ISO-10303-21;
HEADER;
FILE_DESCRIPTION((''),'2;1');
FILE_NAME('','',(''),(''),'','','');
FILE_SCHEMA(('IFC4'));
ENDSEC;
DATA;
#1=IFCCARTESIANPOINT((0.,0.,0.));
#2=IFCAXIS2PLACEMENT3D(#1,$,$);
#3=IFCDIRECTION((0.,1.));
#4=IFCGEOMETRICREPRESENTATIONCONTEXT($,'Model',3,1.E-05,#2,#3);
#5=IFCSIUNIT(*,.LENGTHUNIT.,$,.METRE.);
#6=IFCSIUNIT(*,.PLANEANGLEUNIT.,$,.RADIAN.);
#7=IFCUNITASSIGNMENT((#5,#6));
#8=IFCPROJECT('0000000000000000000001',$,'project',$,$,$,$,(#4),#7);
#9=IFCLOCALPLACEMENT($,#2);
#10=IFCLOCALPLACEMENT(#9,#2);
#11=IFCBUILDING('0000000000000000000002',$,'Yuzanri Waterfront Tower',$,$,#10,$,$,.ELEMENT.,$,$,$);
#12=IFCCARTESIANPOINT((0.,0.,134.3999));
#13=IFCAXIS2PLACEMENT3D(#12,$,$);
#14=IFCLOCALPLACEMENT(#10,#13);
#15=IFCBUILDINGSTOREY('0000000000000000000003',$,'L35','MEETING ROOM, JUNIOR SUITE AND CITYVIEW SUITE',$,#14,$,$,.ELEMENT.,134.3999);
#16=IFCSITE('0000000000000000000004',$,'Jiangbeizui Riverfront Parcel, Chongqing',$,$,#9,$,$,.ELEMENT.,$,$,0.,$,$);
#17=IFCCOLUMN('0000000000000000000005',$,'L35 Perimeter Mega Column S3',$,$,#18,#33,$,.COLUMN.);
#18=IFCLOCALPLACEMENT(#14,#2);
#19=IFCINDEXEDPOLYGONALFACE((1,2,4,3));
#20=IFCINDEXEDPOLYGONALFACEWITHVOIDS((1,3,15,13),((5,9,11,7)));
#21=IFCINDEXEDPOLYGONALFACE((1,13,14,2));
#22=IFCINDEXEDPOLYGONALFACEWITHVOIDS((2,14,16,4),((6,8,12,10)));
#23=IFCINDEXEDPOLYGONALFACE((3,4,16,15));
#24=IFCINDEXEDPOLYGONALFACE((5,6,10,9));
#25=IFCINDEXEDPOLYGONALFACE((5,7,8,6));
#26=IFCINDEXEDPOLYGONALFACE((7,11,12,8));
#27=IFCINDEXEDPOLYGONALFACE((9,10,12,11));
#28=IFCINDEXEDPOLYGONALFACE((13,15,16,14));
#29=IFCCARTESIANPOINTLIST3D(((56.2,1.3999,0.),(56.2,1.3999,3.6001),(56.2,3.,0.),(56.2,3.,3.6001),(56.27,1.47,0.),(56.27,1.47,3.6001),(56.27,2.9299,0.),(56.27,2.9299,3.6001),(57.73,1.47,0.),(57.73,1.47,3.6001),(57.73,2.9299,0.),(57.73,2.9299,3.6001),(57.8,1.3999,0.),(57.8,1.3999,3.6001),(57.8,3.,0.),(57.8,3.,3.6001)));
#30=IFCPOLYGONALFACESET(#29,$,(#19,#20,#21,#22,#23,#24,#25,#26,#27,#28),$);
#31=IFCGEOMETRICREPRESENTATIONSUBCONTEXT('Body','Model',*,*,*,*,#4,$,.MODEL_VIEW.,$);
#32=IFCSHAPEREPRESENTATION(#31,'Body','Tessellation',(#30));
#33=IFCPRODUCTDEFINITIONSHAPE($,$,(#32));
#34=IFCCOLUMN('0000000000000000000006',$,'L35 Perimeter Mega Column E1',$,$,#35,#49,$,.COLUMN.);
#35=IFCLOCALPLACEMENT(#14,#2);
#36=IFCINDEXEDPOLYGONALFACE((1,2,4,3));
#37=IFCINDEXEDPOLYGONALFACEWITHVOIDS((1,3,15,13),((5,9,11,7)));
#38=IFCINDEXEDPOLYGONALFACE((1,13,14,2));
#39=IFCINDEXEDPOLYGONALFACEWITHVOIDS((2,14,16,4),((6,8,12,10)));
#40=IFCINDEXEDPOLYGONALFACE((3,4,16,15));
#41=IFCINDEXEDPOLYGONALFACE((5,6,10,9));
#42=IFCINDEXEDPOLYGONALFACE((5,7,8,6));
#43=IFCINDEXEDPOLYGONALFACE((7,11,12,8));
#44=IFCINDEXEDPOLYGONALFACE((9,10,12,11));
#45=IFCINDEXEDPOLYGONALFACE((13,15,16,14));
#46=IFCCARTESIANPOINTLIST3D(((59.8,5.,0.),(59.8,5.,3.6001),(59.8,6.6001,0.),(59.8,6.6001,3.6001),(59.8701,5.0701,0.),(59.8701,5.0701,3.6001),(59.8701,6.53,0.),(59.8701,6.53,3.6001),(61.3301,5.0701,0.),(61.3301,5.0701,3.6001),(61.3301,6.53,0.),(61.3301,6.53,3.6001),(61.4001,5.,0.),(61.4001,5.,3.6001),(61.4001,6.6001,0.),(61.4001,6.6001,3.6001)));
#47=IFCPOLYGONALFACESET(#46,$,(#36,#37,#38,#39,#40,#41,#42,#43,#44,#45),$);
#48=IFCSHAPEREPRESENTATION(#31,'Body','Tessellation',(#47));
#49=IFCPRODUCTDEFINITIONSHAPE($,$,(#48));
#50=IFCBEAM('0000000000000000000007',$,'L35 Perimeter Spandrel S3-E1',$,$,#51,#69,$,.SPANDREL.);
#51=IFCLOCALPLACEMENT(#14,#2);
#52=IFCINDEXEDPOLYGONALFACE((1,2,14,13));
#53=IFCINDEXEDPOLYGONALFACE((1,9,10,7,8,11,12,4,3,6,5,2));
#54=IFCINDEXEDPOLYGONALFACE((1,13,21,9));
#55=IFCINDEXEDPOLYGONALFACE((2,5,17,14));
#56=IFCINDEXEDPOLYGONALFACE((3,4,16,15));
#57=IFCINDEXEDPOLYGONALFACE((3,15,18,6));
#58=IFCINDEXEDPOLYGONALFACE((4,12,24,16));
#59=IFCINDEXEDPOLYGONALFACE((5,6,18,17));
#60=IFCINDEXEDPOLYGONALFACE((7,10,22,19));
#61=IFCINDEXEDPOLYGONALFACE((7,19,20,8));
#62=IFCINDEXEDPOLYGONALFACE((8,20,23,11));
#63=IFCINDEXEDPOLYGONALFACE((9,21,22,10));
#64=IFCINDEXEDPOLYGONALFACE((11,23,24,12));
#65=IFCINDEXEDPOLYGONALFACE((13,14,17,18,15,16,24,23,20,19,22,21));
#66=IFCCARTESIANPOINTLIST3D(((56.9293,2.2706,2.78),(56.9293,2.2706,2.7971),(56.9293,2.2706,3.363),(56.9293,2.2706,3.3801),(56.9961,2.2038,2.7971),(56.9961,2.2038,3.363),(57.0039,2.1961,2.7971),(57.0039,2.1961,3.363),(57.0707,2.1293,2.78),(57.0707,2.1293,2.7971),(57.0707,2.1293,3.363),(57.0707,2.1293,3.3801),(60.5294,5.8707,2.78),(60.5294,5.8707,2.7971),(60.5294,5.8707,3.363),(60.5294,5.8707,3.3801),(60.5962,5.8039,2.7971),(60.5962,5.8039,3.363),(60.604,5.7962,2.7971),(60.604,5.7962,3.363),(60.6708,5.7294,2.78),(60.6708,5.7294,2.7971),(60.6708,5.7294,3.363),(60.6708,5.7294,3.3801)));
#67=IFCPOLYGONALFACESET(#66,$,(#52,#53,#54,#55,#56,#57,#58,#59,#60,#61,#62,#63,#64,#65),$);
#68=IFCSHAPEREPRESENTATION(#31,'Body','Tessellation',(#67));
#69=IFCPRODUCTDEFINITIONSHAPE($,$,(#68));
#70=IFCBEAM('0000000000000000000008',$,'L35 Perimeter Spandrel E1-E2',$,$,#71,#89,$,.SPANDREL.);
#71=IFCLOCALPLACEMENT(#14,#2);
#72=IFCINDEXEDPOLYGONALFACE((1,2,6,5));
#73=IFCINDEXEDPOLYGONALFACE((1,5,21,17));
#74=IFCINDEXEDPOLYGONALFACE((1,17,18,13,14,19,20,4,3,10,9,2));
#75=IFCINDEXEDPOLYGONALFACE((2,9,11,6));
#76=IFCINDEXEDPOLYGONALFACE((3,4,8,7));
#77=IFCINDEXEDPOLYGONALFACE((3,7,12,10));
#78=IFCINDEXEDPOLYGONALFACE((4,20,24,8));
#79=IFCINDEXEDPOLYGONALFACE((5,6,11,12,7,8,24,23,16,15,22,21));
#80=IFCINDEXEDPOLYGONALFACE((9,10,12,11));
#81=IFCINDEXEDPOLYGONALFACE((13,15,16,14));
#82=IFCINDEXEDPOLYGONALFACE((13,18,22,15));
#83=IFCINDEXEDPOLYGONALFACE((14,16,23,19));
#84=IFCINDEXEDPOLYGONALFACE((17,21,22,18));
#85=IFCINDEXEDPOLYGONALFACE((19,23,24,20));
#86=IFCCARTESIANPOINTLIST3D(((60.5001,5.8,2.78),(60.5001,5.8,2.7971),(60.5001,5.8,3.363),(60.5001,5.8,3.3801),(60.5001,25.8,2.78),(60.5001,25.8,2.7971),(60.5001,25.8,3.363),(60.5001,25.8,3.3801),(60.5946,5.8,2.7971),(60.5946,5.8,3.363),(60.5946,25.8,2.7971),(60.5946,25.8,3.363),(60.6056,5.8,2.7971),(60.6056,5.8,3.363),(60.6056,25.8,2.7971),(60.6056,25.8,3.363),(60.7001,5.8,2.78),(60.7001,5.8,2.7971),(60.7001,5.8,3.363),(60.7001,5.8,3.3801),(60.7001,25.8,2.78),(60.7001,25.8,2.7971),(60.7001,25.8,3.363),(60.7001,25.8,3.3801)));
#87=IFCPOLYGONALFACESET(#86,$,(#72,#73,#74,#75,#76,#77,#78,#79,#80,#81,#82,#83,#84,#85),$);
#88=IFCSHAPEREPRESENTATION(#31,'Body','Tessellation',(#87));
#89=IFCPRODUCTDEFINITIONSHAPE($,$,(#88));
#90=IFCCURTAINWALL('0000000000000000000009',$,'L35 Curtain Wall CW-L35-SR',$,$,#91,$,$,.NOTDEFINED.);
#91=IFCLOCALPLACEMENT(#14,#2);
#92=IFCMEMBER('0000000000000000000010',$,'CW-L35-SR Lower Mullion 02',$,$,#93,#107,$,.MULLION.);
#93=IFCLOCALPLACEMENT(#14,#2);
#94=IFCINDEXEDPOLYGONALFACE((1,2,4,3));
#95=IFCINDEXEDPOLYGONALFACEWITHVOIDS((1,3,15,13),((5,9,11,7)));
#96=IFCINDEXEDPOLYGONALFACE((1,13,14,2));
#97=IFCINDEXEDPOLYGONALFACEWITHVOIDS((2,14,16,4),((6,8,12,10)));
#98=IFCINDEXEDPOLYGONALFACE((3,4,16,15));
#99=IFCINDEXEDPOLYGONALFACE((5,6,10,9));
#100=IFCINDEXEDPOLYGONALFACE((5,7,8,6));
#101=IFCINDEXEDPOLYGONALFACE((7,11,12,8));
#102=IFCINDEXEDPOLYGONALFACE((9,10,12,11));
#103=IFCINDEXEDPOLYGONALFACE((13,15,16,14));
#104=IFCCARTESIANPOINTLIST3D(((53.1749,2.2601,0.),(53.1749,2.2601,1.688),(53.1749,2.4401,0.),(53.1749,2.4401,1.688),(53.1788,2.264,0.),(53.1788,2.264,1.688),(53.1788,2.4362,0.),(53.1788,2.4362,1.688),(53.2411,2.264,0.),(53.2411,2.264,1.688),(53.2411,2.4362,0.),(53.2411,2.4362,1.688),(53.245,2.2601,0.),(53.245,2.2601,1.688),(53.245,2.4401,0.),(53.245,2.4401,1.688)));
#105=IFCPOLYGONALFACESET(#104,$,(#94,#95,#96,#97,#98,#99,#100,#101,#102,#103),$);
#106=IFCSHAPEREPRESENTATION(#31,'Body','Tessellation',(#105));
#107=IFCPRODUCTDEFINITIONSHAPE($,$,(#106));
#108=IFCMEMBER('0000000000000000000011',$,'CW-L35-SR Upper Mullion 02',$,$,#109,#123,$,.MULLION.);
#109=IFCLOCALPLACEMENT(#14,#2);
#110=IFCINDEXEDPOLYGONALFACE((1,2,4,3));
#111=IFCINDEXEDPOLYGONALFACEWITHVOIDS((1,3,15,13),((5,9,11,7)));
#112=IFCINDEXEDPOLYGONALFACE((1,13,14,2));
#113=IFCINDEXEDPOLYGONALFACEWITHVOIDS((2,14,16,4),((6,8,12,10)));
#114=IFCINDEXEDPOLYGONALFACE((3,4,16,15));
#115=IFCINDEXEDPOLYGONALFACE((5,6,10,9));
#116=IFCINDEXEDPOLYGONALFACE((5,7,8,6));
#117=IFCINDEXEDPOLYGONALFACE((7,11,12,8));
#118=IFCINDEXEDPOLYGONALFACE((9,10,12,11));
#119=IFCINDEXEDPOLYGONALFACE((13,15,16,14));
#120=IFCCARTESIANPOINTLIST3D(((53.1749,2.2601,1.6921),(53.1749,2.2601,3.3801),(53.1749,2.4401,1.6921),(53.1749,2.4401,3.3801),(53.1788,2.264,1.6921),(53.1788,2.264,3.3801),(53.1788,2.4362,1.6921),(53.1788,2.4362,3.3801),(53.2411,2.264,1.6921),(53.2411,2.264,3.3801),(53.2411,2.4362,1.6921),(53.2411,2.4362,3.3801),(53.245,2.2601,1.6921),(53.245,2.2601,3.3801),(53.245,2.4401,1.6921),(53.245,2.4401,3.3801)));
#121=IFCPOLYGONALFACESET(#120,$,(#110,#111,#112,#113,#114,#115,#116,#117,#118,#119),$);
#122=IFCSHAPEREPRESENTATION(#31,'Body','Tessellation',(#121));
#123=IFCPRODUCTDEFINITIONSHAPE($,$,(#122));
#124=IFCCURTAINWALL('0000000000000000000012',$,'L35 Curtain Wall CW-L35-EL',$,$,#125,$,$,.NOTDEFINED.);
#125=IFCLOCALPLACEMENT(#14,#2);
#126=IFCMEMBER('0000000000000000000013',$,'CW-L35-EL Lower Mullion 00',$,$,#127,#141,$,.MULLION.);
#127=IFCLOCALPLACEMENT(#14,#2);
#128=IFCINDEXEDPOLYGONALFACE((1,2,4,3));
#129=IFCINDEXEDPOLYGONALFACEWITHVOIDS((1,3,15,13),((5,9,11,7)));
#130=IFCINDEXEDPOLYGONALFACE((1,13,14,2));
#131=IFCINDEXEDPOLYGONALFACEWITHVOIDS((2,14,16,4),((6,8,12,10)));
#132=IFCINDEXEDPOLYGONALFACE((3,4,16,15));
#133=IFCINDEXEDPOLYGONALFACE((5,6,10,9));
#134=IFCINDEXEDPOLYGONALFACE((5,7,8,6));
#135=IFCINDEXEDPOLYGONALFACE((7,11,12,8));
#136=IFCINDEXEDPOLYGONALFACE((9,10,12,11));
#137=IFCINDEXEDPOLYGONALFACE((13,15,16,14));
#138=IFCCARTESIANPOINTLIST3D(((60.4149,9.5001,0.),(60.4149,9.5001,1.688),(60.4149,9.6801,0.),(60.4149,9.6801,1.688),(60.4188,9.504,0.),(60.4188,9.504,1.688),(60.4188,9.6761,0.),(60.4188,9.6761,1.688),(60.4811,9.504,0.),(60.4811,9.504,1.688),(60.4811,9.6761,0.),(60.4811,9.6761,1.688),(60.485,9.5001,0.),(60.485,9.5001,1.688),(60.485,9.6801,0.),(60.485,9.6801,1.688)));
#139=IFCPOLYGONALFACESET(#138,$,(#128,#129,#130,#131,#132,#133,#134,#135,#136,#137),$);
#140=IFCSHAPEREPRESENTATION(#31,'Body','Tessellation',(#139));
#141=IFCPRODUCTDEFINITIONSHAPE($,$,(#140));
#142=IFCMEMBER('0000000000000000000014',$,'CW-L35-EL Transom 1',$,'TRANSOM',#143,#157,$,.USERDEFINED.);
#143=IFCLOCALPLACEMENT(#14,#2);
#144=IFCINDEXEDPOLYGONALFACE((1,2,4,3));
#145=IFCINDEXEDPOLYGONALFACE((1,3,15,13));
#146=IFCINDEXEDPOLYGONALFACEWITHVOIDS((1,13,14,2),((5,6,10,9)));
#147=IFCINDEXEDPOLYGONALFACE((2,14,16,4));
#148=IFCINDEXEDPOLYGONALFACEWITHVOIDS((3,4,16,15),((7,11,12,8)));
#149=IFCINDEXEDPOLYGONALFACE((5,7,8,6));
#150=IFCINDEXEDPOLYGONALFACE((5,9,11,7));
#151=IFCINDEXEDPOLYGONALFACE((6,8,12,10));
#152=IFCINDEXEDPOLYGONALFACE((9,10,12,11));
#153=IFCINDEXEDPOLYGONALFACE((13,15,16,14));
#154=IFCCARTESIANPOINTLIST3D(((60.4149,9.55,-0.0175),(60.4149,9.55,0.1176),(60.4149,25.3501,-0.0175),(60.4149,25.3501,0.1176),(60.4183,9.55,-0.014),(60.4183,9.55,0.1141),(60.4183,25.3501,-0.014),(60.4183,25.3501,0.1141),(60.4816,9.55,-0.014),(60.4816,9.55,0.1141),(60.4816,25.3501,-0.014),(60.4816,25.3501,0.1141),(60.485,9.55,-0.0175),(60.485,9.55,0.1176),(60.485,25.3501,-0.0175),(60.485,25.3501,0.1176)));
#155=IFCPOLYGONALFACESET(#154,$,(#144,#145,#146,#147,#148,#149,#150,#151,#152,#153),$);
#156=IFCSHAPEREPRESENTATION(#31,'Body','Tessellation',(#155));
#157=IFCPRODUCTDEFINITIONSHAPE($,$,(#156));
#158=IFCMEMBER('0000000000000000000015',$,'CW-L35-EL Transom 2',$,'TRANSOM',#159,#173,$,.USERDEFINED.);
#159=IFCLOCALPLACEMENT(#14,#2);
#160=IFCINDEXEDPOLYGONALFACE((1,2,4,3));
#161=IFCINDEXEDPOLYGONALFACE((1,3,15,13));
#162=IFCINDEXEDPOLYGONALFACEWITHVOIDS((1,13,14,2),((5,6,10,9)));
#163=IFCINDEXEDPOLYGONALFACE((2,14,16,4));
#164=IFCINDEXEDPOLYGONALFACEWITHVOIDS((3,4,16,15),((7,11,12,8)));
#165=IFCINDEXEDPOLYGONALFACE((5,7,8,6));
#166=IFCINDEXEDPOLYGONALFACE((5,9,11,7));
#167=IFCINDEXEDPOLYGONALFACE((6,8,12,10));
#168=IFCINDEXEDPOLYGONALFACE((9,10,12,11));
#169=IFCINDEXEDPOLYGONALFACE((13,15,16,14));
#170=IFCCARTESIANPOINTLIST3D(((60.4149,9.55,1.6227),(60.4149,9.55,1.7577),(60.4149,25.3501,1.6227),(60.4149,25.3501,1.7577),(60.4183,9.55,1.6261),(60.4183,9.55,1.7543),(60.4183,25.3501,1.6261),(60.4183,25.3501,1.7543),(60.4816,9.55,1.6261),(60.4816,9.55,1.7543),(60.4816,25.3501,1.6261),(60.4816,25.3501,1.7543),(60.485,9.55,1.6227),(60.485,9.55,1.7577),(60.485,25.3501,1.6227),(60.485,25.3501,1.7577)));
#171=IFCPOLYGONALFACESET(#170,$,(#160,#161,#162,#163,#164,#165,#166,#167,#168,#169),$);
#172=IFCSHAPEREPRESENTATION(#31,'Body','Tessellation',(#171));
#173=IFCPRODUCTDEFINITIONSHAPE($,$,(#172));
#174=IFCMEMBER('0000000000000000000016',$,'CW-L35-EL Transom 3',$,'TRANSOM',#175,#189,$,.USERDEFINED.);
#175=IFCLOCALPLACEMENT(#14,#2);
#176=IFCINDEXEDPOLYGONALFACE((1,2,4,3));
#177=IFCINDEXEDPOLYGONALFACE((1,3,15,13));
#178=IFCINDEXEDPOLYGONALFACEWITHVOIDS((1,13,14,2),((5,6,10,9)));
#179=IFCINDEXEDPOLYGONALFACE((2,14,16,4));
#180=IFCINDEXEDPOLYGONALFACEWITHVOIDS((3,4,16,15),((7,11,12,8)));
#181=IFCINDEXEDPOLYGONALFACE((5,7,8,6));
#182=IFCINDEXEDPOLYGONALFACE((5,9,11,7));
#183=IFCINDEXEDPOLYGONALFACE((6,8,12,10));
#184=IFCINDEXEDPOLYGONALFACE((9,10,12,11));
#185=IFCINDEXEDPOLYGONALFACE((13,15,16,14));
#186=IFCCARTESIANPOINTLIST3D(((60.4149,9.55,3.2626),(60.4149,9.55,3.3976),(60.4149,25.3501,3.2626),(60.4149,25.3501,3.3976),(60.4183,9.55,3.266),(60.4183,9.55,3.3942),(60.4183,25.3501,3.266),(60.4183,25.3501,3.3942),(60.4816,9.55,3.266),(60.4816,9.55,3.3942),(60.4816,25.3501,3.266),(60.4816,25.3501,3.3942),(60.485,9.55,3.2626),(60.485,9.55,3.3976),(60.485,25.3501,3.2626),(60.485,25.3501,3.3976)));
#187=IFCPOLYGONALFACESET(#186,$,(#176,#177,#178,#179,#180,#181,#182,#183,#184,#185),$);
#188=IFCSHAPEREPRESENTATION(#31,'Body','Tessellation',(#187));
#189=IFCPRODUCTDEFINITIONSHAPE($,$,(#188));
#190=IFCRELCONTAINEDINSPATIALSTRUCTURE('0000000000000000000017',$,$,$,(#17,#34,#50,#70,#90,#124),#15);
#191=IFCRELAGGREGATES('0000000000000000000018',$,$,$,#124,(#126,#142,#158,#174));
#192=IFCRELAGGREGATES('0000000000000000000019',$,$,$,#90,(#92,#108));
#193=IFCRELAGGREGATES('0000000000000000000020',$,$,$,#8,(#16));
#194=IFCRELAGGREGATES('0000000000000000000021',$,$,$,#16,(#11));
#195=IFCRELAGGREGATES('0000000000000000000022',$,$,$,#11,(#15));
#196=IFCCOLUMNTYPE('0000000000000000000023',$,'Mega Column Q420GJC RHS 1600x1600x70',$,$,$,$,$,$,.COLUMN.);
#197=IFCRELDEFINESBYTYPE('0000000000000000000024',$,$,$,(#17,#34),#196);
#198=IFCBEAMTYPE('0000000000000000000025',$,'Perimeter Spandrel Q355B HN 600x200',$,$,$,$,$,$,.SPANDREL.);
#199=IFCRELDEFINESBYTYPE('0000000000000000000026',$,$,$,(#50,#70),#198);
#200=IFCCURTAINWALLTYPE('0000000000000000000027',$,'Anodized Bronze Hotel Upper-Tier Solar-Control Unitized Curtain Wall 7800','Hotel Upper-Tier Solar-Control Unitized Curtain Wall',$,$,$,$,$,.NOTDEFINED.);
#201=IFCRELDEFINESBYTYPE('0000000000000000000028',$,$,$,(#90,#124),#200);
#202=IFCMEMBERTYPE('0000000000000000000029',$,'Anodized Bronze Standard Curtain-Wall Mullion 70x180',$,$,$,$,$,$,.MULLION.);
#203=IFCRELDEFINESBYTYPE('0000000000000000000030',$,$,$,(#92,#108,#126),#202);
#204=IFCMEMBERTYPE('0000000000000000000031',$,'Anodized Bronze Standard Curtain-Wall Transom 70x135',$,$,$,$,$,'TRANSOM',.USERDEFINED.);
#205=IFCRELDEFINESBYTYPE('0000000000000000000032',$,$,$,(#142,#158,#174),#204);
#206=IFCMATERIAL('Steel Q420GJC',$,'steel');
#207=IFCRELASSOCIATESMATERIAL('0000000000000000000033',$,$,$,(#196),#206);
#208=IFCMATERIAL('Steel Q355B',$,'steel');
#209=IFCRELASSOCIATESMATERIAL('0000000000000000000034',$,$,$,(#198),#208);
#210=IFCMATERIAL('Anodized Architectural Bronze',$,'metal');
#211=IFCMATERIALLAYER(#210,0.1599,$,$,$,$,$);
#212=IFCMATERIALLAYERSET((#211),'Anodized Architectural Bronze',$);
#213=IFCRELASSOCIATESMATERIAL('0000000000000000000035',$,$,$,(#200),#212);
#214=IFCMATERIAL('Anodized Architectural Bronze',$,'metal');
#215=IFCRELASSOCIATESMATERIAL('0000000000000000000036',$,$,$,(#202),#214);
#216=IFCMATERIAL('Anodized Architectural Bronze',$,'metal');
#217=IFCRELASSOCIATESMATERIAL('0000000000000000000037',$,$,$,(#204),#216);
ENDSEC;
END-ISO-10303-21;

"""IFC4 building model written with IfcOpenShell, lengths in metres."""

from ifc_helpers import new_model, si_unit, direction, frame, origin, origin_2d, place, context, subcontext, project, spatial, hollow_rectangle, i_section, extrude, source, transform, mapped, material, layer, layer_set, material_profile, profile_set, type_object, element, aggregate, save


model = new_model("IFC4")

# Units and contexts
model_context = context("Model", 3, precision=1e-05, world=origin(), true_north=direction((0.0, 1.0)))
body_context = subcontext(model_context, "Body", "Model", "MODEL_VIEW")
ifc_project = project(units=[si_unit("LENGTHUNIT", "METRE"), si_unit("PLANEANGLEUNIT", "RADIAN")], contexts=[model_context])

# Site, building, storey
site_placement = place(None, origin())
site = spatial("IfcSite", under=ifc_project, at=site_placement, Name="Jiangbeizui Riverfront Parcel, Chongqing", CompositionType="ELEMENT", RefElevation=0.0)
building_placement = place(site_placement, origin())
building = spatial("IfcBuilding", under=site, at=building_placement, Name="Yuzanri Waterfront Tower", CompositionType="ELEMENT")
storey_placement = place(building_placement, frame((0.0, 0.0, 134.3999)))
storey = spatial("IfcBuildingStorey", under=building, at=storey_placement, Name="L35", Description="MEETING ROOM, JUNIOR SUITE AND CITYVIEW SUITE", CompositionType="ELEMENT", Elevation=134.3999)

# Columns
ifc_material_1 = material(Name="Steel Q420GJC", Category="steel")
ifc_material_profile_1 = material_profile(ifc_material_1, hollow_rectangle(XDim=1.6001, YDim=1.6001, WallThickness=0.0701, at=origin_2d()), Name="RHS 1600x1600x70")
ifc_profile_set_1 = profile_set([ifc_material_profile_1], Name="Steel Q420GJC")
column_type = type_object("IfcColumnType", Name="Mega Column Q420GJC RHS 1600x1600x70", PredefinedType="COLUMN", material=ifc_profile_set_1)
shared_shape_1 = source(origin(), body_context, "Body", "SweptSolid", [
    extrude(hollow_rectangle(XDim=1.6001, YDim=1.6001, WallThickness=0.0701, at=origin_2d()), origin(), (0.0, 0.0, 1.0), 3.6001),
])
for number, where, z_axis, x_axis, name in (
    (1, (57.0, 2.2, 0.0), (0.0, 0.0, 1.0), (1.0, 0.0, 0.0), "L35 Perimeter Mega Column S3"),
    (2, (60.6001, 5.8, 0.0), (0.0, 0.0, 1.0), (1.0, 0.0, 0.0), "L35 Perimeter Mega Column E1"),
):
    element("IfcColumn", number, at=place(storey_placement, frame(where, z_axis=z_axis, x_axis=x_axis)), inside=storey, type_object=column_type, Name=name, PredefinedType="COLUMN", context=body_context, shape_type="MappedRepresentation", body=[
        mapped(shared_shape_1, transform((0.0, 0.0, 0.0), scale=1.0)),
    ])

# Beams
ifc_material_2 = material(Name="Steel Q355B", Category="steel")
ifc_material_profile_2 = material_profile(ifc_material_2, i_section(OverallWidth=0.2, OverallDepth=0.6001, WebThickness=0.011, FlangeThickness=0.0171, at=origin_2d()), Name="HN 600x200x11x17")
ifc_profile_set_2 = profile_set([ifc_material_profile_2], Name="Steel Q355B")
beam_type = type_object("IfcBeamType", Name="Perimeter Spandrel Q355B HN 600x200", PredefinedType="SPANDREL", material=ifc_profile_set_2)
shared_shape_2 = source(origin(), body_context, "Body", "SweptSolid", [
    extrude(i_section(OverallWidth=0.2, OverallDepth=0.6001, WebThickness=0.011, FlangeThickness=0.0171, at=origin_2d()), origin(), (0.0, 0.0, 1.0), 5.0913),
])
beam_1_placement = place(storey_placement, frame((57.0, 2.2, 3.0801), z_axis=(0.707107, 0.707107, 0.0), x_axis=(-0.707107, 0.707107, 0.0)))
element("IfcBeam", 3, at=beam_1_placement, inside=storey, type_object=beam_type, Name="L35 Perimeter Spandrel S3-E1", PredefinedType="SPANDREL", context=body_context, shape_type="MappedRepresentation", body=[
    mapped(shared_shape_2, transform((0.0, 0.0, 0.0), scale=1.0)),
])
shared_shape_3 = source(origin(), body_context, "Body", "SweptSolid", [
    extrude(i_section(OverallWidth=0.2, OverallDepth=0.6001, WebThickness=0.011, FlangeThickness=0.0171, at=origin_2d()), origin(), (0.0, 0.0, 1.0), 20.0),
])
beam_2_placement = place(storey_placement, frame((60.6001, 5.8, 3.0801), z_axis=(0.0, 1.0, 0.0), x_axis=(-1.0, 0.0, 0.0)))
element("IfcBeam", 4, at=beam_2_placement, inside=storey, type_object=beam_type, Name="L35 Perimeter Spandrel E1-E2", PredefinedType="SPANDREL", context=body_context, shape_type="MappedRepresentation", body=[
    mapped(shared_shape_3, transform((0.0, 0.0, 0.0), scale=1.0)),
])

# Curtain walls, members
ifc_material_3 = material(Name="Anodized Architectural Bronze", Category="metal")
ifc_layer_1 = layer(ifc_material_3, 0.1599)
ifc_layer_set_1 = layer_set([ifc_layer_1], Name="Anodized Architectural Bronze")
curtain_wall_type = type_object("IfcCurtainWallType", Name="Anodized Bronze Hotel Upper-Tier Solar-Control Unitized Curtain Wall 7800", Description="Hotel Upper-Tier Solar-Control Unitized Curtain Wall", PredefinedType="NOTDEFINED", material=ifc_layer_set_1)
curtain_wall_1_placement = place(storey_placement, origin())
curtain_wall_1 = element("IfcCurtainWall", 5, at=curtain_wall_1_placement, inside=storey, type_object=curtain_wall_type, Name="L35 Curtain Wall CW-L35-SR", PredefinedType="NOTDEFINED")
ifc_material_4 = material(Name="Anodized Architectural Bronze", Category="metal")
ifc_material_profile_3 = material_profile(ifc_material_4, hollow_rectangle(XDim=0.0701, YDim=0.1799, WallThickness=0.0039, at=origin_2d()), Name="CWM 70x180")
ifc_profile_set_3 = profile_set([ifc_material_profile_3], Name="Anodized Architectural Bronze")
member_type_1 = type_object("IfcMemberType", Name="Anodized Bronze Standard Curtain-Wall Mullion 70x180", PredefinedType="MULLION", material=ifc_profile_set_3)
shared_shape_4 = source(origin(), body_context, "Body", "SweptSolid", [
    extrude(hollow_rectangle(XDim=0.0701, YDim=0.1799, WallThickness=0.0039, at=origin_2d()), origin(), (0.0, 0.0, 1.0), 1.688),
])
member_1_placement = place(storey_placement, frame((53.21, 2.3501, 0.0), z_axis=(0.0, 0.0, 1.0), x_axis=(1.0, 0.0, 0.0)))
member_1 = element("IfcMember", 6, at=member_1_placement, type_object=member_type_1, Name="CW-L35-SR Lower Mullion 02", PredefinedType="MULLION", context=body_context, shape_type="MappedRepresentation", body=[
    mapped(shared_shape_4, transform((0.0, 0.0, 0.0), scale=1.0)),
])
member_2_placement = place(storey_placement, frame((53.21, 2.3501, 1.6921), z_axis=(0.0, 0.0, 1.0), x_axis=(1.0, 0.0, 0.0)))
member_2 = element("IfcMember", 7, at=member_2_placement, type_object=member_type_1, Name="CW-L35-SR Upper Mullion 02", PredefinedType="MULLION", context=body_context, shape_type="MappedRepresentation", body=[
    mapped(shared_shape_4, transform((0.0, 0.0, 0.0), scale=1.0)),
])
curtain_wall_2_placement = place(storey_placement, origin())
curtain_wall_2 = element("IfcCurtainWall", 8, at=curtain_wall_2_placement, inside=storey, type_object=curtain_wall_type, Name="L35 Curtain Wall CW-L35-EL", PredefinedType="NOTDEFINED")
member_3_placement = place(storey_placement, frame((60.45, 9.5901, 0.0), z_axis=(0.0, 0.0, 1.0), x_axis=(1.0, 0.0, 0.0)))
member_3 = element("IfcMember", 9, at=member_3_placement, type_object=member_type_1, Name="CW-L35-EL Lower Mullion 00", PredefinedType="MULLION", context=body_context, shape_type="MappedRepresentation", body=[
    mapped(shared_shape_4, transform((0.0, 0.0, 0.0), scale=1.0)),
])
ifc_material_5 = material(Name="Anodized Architectural Bronze", Category="metal")
ifc_material_profile_4 = material_profile(ifc_material_5, hollow_rectangle(XDim=0.0701, YDim=0.135, WallThickness=0.0034, at=origin_2d()), Name="CWT 70x135")
ifc_profile_set_4 = profile_set([ifc_material_profile_4], Name="Anodized Architectural Bronze")
member_type_2 = type_object("IfcMemberType", Name="Anodized Bronze Standard Curtain-Wall Transom 70x135", ElementType="TRANSOM", PredefinedType="USERDEFINED", material=ifc_profile_set_4)
shared_shape_5 = source(origin(), body_context, "Body", "SweptSolid", [
    extrude(hollow_rectangle(XDim=0.0701, YDim=0.135, WallThickness=0.0034, at=origin_2d()), origin(), (0.0, 0.0, 1.0), 15.8),
])
member_4_placement = place(storey_placement, frame((60.45, 9.55, 0.05), z_axis=(0.0, 1.0, 0.0), x_axis=(-1.0, 0.0, 0.0)))
member_4 = element("IfcMember", 10, at=member_4_placement, type_object=member_type_2, Name="CW-L35-EL Transom 1", ObjectType="TRANSOM", PredefinedType="USERDEFINED", context=body_context, shape_type="MappedRepresentation", body=[
    mapped(shared_shape_5, transform((0.0, 0.0, 0.0), scale=1.0)),
])
member_5_placement = place(storey_placement, frame((60.45, 9.55, 1.6902), z_axis=(0.0, 1.0, 0.0), x_axis=(-1.0, 0.0, 0.0)))
member_5 = element("IfcMember", 11, at=member_5_placement, type_object=member_type_2, Name="CW-L35-EL Transom 2", ObjectType="TRANSOM", PredefinedType="USERDEFINED", context=body_context, shape_type="MappedRepresentation", body=[
    mapped(shared_shape_5, transform((0.0, 0.0, 0.0), scale=1.0)),
])
member_6_placement = place(storey_placement, frame((60.45, 9.55, 3.3301), z_axis=(0.0, 1.0, 0.0), x_axis=(-1.0, 0.0, 0.0)))
member_6 = element("IfcMember", 12, at=member_6_placement, type_object=member_type_2, Name="CW-L35-EL Transom 3", ObjectType="TRANSOM", PredefinedType="USERDEFINED", context=body_context, shape_type="MappedRepresentation", body=[
    mapped(shared_shape_5, transform((0.0, 0.0, 0.0), scale=1.0)),
])
aggregate(curtain_wall_2, [member_3, member_4, member_5, member_6])

aggregate(curtain_wall_1, [member_1, member_2])

save(model, "model.ifc")
